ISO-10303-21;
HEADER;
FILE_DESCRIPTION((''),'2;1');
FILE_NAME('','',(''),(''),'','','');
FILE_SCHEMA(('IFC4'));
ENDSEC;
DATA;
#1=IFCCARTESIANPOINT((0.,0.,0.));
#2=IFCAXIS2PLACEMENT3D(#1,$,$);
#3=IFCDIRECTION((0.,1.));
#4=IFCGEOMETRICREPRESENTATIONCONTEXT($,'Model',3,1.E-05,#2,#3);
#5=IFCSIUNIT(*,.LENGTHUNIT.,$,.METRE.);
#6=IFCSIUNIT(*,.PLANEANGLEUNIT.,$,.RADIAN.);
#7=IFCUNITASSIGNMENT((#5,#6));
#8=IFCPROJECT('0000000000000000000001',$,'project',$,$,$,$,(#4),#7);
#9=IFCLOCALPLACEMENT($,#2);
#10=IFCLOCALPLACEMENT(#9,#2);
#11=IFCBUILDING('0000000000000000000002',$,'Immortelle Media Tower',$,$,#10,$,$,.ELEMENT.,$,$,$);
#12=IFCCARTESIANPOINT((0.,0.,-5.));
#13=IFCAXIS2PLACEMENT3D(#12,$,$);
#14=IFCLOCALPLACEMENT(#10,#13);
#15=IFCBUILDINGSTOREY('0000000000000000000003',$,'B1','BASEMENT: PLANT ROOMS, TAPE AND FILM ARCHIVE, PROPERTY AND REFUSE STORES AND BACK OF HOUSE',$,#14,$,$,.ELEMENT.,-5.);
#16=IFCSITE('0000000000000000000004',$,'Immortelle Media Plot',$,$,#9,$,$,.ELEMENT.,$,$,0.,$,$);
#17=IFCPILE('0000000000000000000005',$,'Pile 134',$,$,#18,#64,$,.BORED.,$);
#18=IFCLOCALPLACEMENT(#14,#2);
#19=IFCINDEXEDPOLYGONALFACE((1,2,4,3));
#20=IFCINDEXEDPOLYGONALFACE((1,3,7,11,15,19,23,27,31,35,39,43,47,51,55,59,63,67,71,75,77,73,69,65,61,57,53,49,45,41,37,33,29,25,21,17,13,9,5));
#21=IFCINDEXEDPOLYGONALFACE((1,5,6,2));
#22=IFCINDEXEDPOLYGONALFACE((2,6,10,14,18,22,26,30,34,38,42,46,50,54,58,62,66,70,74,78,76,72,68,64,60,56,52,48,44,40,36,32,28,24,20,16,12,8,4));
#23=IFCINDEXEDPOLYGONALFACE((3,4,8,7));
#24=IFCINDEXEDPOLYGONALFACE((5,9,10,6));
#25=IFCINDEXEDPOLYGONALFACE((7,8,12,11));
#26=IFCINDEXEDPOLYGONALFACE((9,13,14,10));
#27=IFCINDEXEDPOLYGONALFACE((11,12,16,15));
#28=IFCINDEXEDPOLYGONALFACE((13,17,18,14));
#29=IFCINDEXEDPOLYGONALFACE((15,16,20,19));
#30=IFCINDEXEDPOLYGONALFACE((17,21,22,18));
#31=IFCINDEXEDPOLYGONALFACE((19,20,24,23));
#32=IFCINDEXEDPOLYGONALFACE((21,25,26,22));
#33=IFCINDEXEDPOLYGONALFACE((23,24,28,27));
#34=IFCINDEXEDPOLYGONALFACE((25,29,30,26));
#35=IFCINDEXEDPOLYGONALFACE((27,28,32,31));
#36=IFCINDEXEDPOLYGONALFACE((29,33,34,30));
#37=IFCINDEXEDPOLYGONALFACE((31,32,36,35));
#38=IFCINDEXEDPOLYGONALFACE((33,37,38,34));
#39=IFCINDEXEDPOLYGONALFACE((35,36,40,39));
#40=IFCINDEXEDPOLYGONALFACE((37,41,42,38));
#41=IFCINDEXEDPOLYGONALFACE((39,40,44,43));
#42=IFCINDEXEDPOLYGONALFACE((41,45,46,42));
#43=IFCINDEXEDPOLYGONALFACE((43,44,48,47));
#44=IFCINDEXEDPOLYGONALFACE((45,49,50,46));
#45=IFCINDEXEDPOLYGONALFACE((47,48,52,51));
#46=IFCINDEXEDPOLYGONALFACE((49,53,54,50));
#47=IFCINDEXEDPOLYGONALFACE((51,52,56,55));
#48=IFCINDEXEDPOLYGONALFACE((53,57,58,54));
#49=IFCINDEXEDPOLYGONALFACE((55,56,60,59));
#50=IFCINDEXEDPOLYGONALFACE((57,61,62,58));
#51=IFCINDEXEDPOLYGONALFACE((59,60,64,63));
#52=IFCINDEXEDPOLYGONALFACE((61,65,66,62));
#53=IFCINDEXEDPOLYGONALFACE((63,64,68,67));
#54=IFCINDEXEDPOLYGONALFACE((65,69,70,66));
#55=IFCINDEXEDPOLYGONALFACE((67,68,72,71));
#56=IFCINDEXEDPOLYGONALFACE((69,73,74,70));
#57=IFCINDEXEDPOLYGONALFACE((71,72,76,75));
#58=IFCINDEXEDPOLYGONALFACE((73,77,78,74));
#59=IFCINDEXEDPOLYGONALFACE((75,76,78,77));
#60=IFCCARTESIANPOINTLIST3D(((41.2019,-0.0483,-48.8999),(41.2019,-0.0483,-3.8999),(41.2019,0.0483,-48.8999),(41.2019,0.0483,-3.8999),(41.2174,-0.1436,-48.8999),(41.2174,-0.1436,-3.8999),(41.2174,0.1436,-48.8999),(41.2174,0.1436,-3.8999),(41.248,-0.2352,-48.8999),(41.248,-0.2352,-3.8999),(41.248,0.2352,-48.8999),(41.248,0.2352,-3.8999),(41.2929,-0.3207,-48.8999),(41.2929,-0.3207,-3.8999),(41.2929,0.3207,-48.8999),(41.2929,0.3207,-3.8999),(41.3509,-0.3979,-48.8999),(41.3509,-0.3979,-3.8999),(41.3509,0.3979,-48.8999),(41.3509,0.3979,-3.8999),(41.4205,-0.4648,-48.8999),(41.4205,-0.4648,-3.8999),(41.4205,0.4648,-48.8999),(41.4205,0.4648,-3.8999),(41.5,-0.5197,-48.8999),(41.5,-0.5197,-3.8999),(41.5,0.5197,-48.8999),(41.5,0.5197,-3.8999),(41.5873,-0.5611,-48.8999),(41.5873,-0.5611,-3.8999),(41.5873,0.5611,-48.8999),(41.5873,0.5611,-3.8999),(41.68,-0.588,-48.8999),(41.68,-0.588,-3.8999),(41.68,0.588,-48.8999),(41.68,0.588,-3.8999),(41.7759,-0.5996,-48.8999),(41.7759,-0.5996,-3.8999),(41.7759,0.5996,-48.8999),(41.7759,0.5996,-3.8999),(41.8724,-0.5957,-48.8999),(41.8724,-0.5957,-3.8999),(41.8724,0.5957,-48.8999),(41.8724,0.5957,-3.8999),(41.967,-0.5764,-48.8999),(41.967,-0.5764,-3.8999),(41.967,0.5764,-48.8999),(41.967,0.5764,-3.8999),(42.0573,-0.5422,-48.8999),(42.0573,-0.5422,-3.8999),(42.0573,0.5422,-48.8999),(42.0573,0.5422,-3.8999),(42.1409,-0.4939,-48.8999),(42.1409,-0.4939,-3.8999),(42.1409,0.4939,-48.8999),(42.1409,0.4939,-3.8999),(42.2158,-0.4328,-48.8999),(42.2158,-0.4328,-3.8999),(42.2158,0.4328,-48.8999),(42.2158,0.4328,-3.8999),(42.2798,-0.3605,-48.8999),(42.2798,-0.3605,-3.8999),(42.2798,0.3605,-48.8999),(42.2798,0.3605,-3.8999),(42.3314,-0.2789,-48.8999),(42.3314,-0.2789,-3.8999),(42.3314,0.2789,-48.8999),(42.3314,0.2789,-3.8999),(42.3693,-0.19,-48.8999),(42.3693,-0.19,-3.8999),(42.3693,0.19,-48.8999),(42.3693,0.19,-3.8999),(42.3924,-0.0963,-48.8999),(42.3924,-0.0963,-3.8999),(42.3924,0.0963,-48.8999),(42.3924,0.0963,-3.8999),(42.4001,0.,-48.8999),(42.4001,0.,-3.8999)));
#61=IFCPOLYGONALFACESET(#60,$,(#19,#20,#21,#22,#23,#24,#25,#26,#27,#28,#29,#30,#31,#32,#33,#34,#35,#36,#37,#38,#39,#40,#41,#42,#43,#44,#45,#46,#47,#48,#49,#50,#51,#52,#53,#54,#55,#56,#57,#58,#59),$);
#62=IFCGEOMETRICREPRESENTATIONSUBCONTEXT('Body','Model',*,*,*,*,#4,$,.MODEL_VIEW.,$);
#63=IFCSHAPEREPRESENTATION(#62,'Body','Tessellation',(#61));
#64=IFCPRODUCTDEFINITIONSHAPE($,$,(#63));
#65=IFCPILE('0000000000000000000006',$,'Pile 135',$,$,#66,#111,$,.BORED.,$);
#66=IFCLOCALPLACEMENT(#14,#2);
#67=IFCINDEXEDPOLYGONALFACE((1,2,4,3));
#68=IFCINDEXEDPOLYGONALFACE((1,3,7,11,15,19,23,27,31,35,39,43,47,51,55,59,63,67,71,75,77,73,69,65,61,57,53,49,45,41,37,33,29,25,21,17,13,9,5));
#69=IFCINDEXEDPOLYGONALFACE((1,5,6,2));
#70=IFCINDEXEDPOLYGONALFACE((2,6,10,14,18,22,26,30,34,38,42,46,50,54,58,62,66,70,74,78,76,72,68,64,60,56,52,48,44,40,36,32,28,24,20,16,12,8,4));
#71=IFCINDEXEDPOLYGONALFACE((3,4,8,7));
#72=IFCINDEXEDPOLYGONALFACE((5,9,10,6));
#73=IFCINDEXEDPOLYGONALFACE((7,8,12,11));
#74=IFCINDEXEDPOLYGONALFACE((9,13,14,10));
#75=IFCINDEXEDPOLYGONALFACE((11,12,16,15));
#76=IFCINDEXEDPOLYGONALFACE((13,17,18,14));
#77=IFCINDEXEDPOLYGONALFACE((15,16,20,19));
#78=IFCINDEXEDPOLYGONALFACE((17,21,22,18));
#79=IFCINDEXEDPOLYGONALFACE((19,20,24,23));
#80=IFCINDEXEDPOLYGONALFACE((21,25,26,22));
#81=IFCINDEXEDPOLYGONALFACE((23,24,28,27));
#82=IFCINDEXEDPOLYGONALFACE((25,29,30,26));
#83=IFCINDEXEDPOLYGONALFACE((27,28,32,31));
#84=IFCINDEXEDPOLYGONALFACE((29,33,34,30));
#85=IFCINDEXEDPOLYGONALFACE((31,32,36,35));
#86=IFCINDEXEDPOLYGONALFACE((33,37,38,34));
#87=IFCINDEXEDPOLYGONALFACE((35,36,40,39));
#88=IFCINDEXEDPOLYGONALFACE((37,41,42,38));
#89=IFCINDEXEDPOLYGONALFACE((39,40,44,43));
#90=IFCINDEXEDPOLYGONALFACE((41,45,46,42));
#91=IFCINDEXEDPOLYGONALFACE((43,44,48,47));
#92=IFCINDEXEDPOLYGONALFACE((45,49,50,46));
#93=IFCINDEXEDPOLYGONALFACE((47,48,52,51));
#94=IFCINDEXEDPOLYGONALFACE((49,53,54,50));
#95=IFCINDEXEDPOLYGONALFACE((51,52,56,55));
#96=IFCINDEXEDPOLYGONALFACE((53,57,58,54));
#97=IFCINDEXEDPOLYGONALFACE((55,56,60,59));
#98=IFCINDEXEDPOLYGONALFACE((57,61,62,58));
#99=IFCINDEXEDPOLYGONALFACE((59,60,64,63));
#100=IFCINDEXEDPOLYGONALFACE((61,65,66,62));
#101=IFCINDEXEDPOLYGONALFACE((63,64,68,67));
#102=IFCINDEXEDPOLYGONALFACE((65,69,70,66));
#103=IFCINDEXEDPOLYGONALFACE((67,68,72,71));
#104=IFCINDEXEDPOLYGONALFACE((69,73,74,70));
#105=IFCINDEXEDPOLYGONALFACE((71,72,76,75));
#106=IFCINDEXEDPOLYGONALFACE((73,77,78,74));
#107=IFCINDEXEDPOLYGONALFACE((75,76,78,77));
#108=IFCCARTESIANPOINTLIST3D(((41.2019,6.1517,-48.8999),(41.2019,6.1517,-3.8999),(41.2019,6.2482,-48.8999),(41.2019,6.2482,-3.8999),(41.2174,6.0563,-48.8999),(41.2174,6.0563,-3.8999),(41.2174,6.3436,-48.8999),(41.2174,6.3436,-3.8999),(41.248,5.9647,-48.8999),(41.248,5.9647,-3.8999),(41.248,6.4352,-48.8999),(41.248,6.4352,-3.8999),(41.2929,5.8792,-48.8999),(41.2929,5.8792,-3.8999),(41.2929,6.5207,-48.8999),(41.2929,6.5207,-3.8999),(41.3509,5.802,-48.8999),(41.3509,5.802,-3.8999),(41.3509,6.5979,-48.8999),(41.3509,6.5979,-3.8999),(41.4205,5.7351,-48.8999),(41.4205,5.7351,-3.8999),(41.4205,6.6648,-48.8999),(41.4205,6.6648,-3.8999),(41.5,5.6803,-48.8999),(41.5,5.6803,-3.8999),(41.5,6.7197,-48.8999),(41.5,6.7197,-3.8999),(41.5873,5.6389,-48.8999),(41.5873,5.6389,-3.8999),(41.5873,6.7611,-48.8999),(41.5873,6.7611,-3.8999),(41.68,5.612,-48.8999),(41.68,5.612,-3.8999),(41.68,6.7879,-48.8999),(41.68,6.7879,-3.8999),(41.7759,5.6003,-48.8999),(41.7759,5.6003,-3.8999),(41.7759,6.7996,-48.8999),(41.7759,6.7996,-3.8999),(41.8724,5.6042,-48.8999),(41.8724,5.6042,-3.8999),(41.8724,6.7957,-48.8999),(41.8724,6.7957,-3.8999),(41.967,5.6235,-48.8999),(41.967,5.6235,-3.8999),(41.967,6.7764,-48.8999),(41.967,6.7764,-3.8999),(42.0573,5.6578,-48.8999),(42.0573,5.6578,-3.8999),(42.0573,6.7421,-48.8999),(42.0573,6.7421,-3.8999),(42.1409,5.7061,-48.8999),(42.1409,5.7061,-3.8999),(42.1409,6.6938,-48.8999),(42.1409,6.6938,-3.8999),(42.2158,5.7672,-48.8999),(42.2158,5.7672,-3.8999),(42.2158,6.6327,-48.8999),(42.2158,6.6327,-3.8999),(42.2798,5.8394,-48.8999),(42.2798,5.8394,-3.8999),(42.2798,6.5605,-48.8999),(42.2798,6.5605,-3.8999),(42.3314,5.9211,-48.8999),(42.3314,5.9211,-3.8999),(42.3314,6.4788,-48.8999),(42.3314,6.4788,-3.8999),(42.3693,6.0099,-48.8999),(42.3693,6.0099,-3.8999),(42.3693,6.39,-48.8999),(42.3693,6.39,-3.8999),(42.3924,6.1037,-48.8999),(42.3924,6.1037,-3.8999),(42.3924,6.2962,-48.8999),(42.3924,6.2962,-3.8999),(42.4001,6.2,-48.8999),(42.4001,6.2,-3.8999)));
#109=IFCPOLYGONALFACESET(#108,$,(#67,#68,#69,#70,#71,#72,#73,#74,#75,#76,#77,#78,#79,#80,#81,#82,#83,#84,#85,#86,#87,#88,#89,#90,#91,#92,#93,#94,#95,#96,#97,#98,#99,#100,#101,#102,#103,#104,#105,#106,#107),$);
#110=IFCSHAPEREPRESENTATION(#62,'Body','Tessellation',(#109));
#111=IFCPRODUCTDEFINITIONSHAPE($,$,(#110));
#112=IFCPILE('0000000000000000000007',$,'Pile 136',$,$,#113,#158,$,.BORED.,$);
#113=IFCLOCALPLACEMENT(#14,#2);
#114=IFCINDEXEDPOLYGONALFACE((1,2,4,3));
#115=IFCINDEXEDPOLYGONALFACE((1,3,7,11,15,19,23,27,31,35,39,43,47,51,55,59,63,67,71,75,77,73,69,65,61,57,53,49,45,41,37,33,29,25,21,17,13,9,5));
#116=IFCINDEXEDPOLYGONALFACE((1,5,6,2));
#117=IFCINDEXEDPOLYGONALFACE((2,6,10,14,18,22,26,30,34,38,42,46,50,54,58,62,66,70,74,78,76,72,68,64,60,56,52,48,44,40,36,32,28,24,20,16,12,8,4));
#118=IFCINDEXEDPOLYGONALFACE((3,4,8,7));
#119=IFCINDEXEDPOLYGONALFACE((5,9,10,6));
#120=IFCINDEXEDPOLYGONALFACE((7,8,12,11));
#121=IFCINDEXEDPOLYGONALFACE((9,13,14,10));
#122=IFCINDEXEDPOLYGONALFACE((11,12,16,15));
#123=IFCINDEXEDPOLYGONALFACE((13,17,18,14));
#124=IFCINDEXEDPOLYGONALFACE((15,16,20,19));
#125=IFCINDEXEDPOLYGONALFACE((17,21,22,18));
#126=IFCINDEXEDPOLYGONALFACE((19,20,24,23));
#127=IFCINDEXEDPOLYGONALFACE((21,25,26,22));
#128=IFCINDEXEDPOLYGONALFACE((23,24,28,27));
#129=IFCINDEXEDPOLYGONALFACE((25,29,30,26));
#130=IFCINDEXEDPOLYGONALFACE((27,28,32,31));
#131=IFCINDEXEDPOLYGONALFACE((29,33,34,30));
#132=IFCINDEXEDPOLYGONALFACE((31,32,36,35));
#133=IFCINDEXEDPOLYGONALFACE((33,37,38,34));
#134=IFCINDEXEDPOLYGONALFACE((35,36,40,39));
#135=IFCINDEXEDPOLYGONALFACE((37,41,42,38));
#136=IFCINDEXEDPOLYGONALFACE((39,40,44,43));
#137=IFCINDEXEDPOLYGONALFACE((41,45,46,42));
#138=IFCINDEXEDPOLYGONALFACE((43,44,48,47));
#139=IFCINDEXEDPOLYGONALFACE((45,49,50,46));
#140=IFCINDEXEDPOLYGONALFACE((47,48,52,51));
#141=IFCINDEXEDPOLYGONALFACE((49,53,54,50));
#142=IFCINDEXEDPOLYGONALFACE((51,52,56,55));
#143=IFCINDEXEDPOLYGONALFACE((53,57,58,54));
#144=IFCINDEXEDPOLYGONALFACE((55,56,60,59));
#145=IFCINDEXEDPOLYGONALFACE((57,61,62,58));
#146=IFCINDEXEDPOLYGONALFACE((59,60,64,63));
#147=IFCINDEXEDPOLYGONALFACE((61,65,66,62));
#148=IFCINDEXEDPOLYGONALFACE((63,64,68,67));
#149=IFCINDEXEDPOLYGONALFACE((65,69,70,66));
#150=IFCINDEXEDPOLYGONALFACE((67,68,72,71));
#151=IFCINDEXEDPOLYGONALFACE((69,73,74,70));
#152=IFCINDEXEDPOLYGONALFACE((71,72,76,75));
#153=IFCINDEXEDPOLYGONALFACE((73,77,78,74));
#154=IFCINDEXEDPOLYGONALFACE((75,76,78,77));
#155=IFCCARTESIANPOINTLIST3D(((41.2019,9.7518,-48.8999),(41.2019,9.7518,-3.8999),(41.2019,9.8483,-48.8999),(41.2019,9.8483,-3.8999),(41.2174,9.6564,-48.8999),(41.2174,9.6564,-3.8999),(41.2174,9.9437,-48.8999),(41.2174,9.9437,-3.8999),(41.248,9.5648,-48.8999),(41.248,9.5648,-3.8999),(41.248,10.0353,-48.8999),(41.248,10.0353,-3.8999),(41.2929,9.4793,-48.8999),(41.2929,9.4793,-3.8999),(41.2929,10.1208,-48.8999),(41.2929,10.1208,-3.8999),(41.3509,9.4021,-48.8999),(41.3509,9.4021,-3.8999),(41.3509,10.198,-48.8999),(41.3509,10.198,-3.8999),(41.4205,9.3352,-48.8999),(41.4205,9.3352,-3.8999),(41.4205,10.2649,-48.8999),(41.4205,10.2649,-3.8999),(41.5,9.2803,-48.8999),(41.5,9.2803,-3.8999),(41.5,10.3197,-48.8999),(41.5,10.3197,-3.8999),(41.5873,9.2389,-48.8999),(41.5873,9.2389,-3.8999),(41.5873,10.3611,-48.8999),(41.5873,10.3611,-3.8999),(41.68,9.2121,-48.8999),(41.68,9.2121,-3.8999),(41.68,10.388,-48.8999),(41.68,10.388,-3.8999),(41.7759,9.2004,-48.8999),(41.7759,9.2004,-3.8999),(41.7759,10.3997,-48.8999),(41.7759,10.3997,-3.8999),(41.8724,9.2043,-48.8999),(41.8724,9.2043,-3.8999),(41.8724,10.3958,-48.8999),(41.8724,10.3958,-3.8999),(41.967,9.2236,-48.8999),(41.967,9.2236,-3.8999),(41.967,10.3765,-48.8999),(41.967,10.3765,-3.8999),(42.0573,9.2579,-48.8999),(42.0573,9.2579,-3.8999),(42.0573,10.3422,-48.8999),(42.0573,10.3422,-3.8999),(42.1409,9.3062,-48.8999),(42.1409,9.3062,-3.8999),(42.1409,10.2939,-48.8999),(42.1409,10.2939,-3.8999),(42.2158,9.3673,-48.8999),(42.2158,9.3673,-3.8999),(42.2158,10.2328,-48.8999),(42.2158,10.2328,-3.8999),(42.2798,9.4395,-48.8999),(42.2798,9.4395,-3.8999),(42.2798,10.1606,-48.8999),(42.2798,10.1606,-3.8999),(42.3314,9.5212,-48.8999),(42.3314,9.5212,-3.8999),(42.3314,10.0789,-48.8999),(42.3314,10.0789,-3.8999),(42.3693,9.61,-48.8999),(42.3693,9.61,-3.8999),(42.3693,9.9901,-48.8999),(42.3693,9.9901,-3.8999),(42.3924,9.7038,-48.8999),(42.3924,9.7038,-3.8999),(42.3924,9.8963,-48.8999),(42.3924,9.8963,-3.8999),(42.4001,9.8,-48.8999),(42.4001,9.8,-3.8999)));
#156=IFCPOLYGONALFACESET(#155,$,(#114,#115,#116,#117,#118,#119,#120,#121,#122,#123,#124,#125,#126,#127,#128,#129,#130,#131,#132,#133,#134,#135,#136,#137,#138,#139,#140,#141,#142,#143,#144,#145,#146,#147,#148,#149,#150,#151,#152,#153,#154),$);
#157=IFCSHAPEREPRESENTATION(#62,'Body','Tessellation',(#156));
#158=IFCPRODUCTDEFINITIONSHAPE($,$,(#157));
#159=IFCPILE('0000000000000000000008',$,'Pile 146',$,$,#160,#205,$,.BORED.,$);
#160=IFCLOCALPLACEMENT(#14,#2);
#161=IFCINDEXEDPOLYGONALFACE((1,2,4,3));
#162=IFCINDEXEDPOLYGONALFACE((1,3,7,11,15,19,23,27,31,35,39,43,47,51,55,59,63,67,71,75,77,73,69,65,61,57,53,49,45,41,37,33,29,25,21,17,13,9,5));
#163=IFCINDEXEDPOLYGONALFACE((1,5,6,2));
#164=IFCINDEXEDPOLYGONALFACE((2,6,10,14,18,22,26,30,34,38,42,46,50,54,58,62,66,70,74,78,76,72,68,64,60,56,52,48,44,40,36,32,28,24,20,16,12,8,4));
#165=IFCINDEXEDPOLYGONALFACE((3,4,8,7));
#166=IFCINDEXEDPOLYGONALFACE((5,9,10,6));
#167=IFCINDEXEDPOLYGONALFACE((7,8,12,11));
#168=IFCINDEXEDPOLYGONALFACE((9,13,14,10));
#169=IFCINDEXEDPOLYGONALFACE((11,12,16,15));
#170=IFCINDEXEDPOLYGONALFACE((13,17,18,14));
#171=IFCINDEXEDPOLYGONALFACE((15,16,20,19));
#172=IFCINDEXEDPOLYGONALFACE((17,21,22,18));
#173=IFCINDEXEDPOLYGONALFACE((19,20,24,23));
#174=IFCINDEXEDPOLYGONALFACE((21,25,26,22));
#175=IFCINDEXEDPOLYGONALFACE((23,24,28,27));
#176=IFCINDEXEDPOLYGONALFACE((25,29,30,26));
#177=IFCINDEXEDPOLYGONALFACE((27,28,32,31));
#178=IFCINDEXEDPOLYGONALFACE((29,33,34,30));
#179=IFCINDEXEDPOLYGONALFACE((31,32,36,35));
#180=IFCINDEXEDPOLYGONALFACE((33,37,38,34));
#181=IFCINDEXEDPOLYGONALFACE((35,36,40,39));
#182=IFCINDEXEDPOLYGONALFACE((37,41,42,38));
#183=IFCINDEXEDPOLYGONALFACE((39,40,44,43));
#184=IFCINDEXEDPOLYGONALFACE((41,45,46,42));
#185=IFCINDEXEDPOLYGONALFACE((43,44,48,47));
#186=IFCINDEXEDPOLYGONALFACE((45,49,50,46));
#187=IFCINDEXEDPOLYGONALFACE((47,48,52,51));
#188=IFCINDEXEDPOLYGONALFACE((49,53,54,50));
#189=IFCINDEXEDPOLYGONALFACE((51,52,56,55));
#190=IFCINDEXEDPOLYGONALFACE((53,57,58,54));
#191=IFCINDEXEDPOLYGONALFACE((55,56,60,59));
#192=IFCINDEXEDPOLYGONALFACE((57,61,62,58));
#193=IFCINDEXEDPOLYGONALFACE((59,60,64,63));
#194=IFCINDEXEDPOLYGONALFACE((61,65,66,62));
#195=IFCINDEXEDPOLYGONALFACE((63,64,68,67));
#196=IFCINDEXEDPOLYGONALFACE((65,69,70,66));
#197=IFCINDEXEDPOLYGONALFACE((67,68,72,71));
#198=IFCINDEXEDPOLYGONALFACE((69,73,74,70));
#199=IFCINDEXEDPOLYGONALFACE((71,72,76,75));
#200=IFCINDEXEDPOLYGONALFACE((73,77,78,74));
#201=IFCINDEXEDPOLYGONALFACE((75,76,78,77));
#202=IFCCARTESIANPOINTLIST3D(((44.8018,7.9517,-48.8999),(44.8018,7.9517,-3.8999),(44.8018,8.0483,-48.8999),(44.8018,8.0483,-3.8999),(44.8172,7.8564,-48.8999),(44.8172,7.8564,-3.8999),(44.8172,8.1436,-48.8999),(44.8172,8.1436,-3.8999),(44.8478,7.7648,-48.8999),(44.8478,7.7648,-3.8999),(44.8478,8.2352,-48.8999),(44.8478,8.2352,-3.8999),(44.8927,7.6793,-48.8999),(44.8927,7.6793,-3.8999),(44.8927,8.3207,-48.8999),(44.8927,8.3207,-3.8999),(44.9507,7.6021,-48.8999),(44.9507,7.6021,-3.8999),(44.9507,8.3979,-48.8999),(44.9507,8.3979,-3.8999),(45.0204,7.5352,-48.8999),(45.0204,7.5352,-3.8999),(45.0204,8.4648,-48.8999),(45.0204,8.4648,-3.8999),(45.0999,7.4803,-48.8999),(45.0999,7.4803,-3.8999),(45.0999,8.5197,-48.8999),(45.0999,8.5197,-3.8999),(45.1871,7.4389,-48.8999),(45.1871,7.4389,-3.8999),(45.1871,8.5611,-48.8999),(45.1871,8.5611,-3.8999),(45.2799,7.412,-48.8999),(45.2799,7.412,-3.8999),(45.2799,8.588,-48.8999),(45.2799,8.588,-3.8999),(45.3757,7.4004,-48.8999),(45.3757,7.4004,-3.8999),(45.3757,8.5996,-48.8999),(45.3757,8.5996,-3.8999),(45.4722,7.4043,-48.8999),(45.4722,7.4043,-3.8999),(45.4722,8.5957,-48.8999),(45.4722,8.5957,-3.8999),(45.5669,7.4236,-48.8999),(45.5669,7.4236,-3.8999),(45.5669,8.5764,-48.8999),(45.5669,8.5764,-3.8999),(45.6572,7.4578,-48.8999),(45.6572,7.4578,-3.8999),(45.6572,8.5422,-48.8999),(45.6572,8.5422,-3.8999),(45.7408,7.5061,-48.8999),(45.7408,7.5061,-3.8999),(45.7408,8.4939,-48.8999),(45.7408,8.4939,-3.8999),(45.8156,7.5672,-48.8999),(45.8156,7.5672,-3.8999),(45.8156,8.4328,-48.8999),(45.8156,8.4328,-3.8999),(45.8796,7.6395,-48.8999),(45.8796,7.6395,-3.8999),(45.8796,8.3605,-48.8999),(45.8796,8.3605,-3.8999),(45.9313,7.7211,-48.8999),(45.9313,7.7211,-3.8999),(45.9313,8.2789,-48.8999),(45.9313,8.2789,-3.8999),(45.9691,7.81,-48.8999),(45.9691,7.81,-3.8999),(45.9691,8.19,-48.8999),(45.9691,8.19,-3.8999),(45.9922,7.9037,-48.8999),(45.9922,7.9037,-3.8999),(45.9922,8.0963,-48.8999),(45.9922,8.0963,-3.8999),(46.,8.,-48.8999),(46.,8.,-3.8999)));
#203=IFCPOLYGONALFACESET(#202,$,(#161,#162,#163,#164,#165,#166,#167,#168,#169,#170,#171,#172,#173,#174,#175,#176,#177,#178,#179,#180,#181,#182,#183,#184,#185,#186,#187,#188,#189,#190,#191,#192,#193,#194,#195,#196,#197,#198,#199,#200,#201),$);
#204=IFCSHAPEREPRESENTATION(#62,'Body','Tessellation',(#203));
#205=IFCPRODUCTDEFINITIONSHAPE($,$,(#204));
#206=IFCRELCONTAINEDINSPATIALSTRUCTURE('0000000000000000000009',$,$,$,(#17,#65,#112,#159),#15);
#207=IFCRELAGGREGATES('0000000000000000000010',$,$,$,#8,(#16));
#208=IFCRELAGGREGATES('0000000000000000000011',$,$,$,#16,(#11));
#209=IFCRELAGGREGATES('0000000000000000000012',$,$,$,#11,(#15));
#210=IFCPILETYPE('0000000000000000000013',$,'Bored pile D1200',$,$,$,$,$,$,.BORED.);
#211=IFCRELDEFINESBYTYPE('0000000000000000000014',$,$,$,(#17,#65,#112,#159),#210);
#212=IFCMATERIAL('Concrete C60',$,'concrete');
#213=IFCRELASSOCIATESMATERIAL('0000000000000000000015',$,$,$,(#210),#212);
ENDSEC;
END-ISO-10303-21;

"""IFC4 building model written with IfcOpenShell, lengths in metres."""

from ifc_helpers import new_model, si_unit, direction, frame, origin, origin_2d, place, context, subcontext, project, spatial, circle, extrude, material, material_profile, profile_set, type_object, element, save


model = new_model("IFC4")

# Units and contexts
model_context = context("Model", 3, precision=1e-05, world=origin(), true_north=direction((0.0, 1.0)))
body_context = subcontext(model_context, "Body", "Model", "MODEL_VIEW")
ifc_project = project(units=[si_unit("LENGTHUNIT", "METRE"), si_unit("PLANEANGLEUNIT", "RADIAN")], contexts=[model_context])

# Site, building, storey
site_placement = place(None, origin())
site = spatial("IfcSite", under=ifc_project, at=site_placement, Name="Immortelle Media Plot", CompositionType="ELEMENT", RefElevation=0.0)
building_placement = place(site_placement, origin())
building = spatial("IfcBuilding", under=site, at=building_placement, Name="Immortelle Media Tower", CompositionType="ELEMENT")
storey_placement = place(building_placement, frame((0.0, 0.0, -5.0)))
storey = spatial("IfcBuildingStorey", under=building, at=storey_placement, Name="B1", Description="BASEMENT: PLANT ROOMS, TAPE AND FILM ARCHIVE, PROPERTY AND REFUSE STORES AND BACK OF HOUSE", CompositionType="ELEMENT", Elevation=-5.0)

# Piles
ifc_material_1 = material(Name="Concrete C60", Category="concrete")
ifc_material_profile_1 = material_profile(ifc_material_1, circle(Radius=0.6001, at=origin_2d()), Name="Bored pile D1200")
ifc_profile_set_1 = profile_set([ifc_material_profile_1], Name="Concrete C60")
pile_type = type_object("IfcPileType", Name="Bored pile D1200", PredefinedType="BORED", material=ifc_profile_set_1)
for number, where, z_axis, x_axis, name in (
    (1, (41.8, 0.0, -3.8999), (0.0, 0.0, -1.0), (1.0, 0.0, 0.0), "Pile 134"),
    (2, (41.8, 6.2, -3.8999), (0.0, 0.0, -1.0), (1.0, 0.0, 0.0), "Pile 135"),
    (3, (41.8, 9.8, -3.8999), (0.0, 0.0, -1.0), (1.0, 0.0, 0.0), "Pile 136"),
    (4, (45.3999, 8.0, -3.8999), (0.0, 0.0, -1.0), (1.0, 0.0, 0.0), "Pile 146"),
):
    element("IfcPile", number, at=place(storey_placement, frame(where, z_axis=z_axis, x_axis=x_axis)), inside=storey, type_object=pile_type, Name=name, PredefinedType="BORED", context=body_context, shape_type="SweptSolid", body=[
        extrude(circle(Radius=0.6001, at=origin_2d()), origin(), (0.0, 0.0, 1.0), 45.0),
    ])

save(model, "model.ifc")
